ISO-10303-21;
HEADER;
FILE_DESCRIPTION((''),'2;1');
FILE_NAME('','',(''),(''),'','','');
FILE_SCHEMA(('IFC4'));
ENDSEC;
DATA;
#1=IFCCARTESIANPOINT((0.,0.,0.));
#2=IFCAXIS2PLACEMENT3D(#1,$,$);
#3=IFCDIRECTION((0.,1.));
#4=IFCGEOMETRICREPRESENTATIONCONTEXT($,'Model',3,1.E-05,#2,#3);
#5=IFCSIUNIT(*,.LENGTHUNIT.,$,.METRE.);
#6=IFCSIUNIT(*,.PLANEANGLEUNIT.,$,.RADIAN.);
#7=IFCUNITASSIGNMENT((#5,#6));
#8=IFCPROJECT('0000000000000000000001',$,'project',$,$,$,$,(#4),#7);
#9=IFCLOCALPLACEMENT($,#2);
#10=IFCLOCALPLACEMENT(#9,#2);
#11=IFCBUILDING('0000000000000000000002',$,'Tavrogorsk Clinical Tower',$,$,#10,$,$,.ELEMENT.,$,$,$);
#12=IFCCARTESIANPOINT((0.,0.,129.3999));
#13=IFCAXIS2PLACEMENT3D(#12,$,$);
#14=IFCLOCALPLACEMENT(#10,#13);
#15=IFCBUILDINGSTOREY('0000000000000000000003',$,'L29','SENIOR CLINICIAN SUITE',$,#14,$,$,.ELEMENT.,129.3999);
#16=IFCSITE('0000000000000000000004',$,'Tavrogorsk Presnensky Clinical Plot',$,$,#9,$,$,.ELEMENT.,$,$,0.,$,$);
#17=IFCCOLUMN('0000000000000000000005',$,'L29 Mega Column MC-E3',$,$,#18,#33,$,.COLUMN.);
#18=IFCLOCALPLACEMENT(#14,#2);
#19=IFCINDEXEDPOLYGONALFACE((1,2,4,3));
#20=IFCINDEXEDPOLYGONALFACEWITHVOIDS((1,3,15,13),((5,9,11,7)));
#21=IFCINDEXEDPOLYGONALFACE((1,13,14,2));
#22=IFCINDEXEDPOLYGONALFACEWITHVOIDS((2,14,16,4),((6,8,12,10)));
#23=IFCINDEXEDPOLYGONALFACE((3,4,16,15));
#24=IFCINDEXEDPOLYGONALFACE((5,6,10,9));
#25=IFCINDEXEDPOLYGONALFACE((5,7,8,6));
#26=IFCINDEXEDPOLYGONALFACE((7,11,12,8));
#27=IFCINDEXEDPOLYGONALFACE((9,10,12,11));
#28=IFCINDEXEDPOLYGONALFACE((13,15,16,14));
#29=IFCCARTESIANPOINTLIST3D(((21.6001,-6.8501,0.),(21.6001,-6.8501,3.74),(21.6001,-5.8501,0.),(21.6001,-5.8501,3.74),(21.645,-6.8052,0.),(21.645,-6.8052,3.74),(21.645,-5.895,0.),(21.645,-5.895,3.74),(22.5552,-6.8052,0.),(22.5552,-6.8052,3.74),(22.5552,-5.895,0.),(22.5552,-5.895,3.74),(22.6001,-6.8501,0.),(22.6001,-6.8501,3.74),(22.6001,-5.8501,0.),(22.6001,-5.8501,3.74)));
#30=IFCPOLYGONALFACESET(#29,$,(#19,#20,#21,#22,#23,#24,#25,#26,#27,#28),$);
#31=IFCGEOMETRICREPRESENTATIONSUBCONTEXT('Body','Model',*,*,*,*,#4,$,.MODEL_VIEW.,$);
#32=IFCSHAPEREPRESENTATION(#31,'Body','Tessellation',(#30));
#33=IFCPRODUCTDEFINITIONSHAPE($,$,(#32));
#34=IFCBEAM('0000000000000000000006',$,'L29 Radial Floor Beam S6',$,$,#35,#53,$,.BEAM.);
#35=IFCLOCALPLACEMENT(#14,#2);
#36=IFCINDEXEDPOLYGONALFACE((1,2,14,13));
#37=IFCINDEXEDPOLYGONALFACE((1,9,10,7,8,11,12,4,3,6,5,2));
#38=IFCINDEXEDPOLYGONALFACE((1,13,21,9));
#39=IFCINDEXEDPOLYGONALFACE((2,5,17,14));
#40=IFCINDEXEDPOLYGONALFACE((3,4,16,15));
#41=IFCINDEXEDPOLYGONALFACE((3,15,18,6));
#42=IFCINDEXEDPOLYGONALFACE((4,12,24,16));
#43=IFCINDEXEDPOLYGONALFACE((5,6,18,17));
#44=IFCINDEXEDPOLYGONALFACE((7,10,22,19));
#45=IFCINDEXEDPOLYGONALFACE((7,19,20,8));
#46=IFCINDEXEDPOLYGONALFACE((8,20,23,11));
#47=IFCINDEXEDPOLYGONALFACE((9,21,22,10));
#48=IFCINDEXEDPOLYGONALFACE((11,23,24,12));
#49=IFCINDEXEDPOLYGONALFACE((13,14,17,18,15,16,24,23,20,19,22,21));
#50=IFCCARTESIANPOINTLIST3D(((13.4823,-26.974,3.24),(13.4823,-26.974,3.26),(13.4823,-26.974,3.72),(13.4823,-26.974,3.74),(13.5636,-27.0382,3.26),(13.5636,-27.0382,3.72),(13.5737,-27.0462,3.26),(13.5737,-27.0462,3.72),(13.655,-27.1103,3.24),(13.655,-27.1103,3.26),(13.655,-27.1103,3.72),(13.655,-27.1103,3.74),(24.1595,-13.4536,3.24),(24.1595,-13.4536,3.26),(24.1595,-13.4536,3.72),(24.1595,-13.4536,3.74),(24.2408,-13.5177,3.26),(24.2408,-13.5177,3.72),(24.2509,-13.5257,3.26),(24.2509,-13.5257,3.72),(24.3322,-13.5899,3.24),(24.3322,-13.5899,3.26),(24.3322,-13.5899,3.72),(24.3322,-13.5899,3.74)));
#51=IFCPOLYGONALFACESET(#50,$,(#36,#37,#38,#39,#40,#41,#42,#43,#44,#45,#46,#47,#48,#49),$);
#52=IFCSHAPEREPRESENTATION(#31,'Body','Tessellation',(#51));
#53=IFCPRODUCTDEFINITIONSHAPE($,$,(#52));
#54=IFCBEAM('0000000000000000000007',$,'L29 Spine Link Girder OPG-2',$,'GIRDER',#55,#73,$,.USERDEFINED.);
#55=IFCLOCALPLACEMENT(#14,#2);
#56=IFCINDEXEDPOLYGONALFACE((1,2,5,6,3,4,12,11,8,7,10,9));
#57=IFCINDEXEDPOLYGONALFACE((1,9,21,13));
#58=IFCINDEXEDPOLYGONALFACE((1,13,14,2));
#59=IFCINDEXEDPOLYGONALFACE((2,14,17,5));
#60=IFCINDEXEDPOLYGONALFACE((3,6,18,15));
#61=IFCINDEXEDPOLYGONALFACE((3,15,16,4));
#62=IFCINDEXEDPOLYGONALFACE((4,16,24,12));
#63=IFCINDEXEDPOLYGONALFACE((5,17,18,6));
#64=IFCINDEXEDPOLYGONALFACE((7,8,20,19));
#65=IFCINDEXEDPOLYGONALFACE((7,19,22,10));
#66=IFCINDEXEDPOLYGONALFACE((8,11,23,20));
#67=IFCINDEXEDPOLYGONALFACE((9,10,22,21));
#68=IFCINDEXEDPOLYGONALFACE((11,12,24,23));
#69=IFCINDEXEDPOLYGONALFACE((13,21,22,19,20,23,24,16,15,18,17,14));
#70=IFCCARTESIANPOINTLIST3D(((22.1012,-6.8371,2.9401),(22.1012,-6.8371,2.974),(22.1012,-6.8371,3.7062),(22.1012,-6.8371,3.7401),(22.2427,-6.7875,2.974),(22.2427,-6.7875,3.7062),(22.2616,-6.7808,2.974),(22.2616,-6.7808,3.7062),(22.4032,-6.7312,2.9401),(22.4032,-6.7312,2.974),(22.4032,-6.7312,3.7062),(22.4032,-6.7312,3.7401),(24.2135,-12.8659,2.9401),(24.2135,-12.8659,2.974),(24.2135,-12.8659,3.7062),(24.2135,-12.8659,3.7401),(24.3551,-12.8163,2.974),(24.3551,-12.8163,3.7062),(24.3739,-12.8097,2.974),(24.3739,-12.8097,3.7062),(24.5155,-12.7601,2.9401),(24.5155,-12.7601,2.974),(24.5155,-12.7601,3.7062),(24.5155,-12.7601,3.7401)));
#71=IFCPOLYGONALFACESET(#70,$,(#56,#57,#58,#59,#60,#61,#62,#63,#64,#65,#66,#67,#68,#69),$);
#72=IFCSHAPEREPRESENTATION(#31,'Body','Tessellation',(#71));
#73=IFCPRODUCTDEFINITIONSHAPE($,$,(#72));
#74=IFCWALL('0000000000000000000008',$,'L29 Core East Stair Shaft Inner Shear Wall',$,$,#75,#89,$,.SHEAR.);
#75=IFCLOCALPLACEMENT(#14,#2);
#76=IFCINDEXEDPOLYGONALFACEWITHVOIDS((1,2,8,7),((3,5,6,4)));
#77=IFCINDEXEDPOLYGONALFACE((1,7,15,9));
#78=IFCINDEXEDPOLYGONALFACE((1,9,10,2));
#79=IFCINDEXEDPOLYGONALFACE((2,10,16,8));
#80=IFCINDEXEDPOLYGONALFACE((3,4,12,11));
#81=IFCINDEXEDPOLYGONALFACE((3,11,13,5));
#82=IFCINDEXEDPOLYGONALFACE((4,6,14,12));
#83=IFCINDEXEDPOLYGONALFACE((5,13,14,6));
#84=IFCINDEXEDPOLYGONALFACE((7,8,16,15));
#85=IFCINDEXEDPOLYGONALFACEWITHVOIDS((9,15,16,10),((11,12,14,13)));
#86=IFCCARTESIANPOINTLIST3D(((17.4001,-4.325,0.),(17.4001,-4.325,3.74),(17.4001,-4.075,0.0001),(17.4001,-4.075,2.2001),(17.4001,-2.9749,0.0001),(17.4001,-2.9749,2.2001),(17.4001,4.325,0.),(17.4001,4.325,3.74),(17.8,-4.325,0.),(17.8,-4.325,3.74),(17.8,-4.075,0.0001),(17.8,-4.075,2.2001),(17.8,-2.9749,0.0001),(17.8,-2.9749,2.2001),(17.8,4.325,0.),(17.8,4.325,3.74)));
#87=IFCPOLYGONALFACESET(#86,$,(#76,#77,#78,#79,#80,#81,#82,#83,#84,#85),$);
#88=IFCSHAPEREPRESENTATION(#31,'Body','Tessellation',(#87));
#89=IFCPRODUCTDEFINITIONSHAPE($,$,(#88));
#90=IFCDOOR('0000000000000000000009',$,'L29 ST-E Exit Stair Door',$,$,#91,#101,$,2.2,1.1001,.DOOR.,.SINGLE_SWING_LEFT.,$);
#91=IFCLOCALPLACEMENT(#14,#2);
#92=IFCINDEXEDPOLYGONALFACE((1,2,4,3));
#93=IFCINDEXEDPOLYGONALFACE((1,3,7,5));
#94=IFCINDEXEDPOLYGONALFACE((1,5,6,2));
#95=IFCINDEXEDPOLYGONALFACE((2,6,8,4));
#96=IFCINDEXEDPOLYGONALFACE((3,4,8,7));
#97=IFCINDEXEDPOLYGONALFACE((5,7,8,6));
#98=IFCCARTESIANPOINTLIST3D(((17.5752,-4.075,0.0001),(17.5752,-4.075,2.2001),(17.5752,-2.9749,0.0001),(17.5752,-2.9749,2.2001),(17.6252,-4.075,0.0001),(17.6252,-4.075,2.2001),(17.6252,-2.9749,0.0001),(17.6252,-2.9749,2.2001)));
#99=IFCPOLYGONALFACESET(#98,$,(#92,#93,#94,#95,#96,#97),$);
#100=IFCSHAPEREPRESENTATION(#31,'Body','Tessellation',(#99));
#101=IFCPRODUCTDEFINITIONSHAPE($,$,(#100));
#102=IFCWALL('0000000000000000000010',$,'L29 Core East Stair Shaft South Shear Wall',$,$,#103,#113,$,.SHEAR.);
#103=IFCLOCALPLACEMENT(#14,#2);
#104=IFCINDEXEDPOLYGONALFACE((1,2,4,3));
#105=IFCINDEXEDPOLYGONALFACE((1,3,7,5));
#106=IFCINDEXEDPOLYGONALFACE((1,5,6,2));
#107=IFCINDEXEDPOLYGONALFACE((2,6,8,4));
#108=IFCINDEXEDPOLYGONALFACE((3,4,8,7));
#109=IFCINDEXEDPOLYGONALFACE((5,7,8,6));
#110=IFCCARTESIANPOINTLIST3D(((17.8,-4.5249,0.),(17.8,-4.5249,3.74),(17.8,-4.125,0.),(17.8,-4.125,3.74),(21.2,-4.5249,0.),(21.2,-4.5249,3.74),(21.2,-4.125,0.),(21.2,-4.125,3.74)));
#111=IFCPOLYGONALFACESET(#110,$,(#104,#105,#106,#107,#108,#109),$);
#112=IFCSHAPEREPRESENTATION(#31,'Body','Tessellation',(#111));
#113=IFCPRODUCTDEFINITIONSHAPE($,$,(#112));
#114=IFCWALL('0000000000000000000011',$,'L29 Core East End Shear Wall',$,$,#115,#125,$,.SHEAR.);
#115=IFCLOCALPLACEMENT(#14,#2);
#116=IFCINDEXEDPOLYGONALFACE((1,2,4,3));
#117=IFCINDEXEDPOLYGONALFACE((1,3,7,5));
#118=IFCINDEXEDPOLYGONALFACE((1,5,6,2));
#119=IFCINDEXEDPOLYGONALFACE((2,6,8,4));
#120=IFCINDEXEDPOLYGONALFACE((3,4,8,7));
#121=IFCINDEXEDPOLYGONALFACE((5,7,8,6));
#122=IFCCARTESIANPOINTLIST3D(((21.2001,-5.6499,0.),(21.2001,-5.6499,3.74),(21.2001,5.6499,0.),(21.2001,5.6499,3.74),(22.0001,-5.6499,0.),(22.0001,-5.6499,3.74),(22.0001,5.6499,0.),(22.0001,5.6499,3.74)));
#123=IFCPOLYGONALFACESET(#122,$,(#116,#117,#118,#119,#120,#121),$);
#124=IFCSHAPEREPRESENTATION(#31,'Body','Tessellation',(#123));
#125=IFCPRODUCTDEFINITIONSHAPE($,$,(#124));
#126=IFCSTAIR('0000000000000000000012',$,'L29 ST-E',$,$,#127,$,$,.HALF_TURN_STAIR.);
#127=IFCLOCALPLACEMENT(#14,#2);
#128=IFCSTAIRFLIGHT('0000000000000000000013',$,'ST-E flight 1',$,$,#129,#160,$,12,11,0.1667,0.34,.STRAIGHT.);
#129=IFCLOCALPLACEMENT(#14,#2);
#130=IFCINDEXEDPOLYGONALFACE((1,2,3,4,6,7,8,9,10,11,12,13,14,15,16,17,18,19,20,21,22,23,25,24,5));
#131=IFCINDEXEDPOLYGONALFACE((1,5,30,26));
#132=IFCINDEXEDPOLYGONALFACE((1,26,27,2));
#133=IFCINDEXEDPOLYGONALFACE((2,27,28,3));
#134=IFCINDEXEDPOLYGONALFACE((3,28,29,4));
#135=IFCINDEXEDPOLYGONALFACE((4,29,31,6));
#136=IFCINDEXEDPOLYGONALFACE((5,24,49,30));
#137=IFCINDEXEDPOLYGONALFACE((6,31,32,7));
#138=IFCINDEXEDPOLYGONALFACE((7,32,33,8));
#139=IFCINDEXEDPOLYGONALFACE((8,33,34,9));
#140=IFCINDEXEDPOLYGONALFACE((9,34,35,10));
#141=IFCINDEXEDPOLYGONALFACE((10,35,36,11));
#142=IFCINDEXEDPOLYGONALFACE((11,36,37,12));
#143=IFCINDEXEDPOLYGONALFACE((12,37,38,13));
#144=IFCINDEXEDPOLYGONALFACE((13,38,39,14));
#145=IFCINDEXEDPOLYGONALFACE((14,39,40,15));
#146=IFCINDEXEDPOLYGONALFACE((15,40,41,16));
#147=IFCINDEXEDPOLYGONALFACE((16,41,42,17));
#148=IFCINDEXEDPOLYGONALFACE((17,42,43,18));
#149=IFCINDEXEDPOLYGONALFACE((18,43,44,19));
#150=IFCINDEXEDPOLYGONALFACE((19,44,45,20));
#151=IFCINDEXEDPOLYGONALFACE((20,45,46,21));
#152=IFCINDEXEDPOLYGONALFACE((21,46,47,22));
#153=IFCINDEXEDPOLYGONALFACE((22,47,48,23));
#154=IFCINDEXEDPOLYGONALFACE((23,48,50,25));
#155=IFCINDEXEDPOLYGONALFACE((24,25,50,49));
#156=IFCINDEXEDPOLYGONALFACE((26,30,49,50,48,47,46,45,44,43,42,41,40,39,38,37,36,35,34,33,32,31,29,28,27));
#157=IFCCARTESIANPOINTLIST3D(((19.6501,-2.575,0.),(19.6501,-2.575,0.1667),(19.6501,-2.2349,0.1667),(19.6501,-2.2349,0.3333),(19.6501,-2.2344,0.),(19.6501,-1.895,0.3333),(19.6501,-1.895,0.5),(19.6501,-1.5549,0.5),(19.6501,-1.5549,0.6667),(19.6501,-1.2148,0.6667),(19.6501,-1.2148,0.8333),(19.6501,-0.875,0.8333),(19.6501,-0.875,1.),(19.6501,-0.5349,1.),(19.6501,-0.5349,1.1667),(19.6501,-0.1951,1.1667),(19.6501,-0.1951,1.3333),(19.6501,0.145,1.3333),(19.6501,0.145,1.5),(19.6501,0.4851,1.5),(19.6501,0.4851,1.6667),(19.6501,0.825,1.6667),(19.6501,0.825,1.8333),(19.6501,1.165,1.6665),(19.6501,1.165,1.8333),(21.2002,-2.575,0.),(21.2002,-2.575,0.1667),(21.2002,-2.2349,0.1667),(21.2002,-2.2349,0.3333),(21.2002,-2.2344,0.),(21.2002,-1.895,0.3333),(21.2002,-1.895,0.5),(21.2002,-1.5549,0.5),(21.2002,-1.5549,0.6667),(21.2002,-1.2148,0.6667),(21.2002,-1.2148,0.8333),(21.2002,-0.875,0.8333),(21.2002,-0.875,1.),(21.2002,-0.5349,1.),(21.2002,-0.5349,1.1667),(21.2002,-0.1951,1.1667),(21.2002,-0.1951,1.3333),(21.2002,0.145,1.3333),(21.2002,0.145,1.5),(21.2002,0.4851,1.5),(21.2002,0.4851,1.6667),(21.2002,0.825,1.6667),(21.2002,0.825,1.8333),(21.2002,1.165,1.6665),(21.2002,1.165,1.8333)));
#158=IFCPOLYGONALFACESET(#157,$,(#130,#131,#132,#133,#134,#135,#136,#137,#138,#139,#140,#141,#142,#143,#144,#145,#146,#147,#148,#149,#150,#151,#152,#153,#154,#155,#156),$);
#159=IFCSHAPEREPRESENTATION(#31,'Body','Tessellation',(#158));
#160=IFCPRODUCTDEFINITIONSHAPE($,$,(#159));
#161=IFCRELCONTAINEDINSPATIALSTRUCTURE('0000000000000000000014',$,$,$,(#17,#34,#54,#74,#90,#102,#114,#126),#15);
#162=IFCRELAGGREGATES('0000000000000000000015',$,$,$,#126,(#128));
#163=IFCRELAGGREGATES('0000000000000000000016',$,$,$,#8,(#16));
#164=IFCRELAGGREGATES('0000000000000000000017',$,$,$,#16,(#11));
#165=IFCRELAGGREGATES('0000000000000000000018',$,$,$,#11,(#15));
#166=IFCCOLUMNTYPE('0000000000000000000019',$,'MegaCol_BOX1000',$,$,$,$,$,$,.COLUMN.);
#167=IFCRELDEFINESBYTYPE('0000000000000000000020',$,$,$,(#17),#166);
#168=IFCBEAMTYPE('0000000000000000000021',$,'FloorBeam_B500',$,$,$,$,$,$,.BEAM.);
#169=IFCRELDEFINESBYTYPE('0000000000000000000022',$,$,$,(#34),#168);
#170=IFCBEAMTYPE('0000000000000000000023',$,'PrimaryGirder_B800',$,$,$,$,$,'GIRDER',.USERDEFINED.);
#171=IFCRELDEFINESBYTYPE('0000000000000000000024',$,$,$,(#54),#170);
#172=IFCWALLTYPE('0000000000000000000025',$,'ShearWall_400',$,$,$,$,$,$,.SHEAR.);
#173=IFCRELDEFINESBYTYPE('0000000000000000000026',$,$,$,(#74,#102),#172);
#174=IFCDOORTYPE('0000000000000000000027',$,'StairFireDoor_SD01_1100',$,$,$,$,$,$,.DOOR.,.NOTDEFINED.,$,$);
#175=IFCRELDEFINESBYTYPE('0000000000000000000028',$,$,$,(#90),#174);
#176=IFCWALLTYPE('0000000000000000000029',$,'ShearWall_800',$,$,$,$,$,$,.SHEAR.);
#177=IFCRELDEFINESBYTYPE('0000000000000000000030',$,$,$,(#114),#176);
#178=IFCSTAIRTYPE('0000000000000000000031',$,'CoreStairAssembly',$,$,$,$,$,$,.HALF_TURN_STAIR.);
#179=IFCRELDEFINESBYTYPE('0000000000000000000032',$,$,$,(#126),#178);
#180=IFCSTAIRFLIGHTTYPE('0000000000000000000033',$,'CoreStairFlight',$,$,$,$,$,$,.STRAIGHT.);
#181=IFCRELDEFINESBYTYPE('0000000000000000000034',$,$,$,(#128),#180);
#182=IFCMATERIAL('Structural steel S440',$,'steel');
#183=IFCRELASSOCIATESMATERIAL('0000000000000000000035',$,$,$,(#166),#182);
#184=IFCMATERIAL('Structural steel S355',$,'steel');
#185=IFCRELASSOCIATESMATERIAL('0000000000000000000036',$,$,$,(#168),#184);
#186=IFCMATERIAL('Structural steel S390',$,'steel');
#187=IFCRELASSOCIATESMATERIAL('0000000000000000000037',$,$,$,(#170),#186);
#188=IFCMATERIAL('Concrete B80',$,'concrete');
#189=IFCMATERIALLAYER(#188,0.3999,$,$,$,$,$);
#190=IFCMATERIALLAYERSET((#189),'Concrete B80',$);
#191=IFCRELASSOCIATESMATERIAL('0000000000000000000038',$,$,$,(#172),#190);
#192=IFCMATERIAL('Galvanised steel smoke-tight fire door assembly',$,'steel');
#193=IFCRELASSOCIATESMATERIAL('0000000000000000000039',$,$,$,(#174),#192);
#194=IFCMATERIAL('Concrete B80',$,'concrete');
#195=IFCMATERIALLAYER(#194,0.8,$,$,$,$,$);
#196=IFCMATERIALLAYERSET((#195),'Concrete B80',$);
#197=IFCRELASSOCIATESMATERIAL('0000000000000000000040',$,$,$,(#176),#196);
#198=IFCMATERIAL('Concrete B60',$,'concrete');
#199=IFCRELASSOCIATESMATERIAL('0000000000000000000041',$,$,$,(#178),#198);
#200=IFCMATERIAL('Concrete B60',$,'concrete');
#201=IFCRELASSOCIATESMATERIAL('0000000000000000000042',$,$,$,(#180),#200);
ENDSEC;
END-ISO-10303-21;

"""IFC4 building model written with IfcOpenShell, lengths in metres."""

from ifc_helpers import new_model, si_unit, direction, frame, frame_2d, origin, origin_2d, place, context, subcontext, project, spatial, polyline, rectangle, hollow_rectangle, i_section, outline, extrude, material, layer, layer_set, material_profile, profile_set, type_object, element, fill, aggregate, save


model = new_model("IFC4")

# Units and contexts
model_context = context("Model", 3, precision=1e-05, world=origin(), true_north=direction((0.0, 1.0)))
body_context = subcontext(model_context, "Body", "Model", "MODEL_VIEW")
ifc_project = project(units=[si_unit("LENGTHUNIT", "METRE"), si_unit("PLANEANGLEUNIT", "RADIAN")], contexts=[model_context])

# Site, building, storey
site_placement = place(None, origin())
site = spatial("IfcSite", under=ifc_project, at=site_placement, Name="Tavrogorsk Presnensky Clinical Plot", CompositionType="ELEMENT", RefElevation=0.0)
building_placement = place(site_placement, origin())
building = spatial("IfcBuilding", under=site, at=building_placement, Name="Tavrogorsk Clinical Tower", CompositionType="ELEMENT")
storey_placement = place(building_placement, frame((0.0, 0.0, 129.3999)))
storey = spatial("IfcBuildingStorey", under=building, at=storey_placement, Name="L29", Description="SENIOR CLINICIAN SUITE", CompositionType="ELEMENT", Elevation=129.3999)

# Column
ifc_material_1 = material(Name="Structural steel S440", Category="steel")
ifc_material_profile_1 = material_profile(ifc_material_1, hollow_rectangle(XDim=1.0, YDim=1.0, WallThickness=0.0449, at=origin_2d()), Name="BOX-1000x1000x45")
ifc_profile_set_1 = profile_set([ifc_material_profile_1], Name="Structural steel S440")
column_type = type_object("IfcColumnType", Name="MegaCol_BOX1000", PredefinedType="COLUMN", material=ifc_profile_set_1)
column_placement = place(storey_placement, frame((22.1001, -6.3501, 0.0), z_axis=(0.0, 0.0, 1.0), x_axis=(1.0, 0.0, 0.0)))
element("IfcColumn", 1, at=column_placement, inside=storey, type_object=column_type, Name="L29 Mega Column MC-E3", PredefinedType="COLUMN", context=body_context, shape_type="SweptSolid", body=[
    extrude(hollow_rectangle(XDim=1.0, YDim=1.0, WallThickness=0.0449, at=origin_2d()), origin(), (0.0, 0.0, 1.0), 3.74),
])

# Beams
ifc_material_2 = material(Name="Structural steel S355", Category="steel")
ifc_material_profile_2 = material_profile(ifc_material_2, i_section(OverallWidth=0.22, OverallDepth=0.5, WebThickness=0.0129, FlangeThickness=0.02, at=origin_2d()), Name="B-500x220x13x20")
ifc_profile_set_2 = profile_set([ifc_material_profile_2], Name="Structural steel S355")
beam_type_1 = type_object("IfcBeamType", Name="FloorBeam_B500", PredefinedType="BEAM", material=ifc_profile_set_2)
beam_1_placement = place(storey_placement, frame((24.2458, -13.5217, 3.49), z_axis=(-0.619757, -0.784794, 0.0), x_axis=(0.784794, -0.619757, 0.0)))
element("IfcBeam", 2, at=beam_1_placement, inside=storey, type_object=beam_type_1, Name="L29 Radial Floor Beam S6", PredefinedType="BEAM", context=body_context, shape_type="SweptSolid", body=[
    extrude(i_section(OverallWidth=0.22, OverallDepth=0.5, WebThickness=0.0129, FlangeThickness=0.02, at=origin_2d()), origin(), (0.0, 0.0, 1.0), 17.228),
])
ifc_material_3 = material(Name="Structural steel S390", Category="steel")
ifc_material_profile_3 = material_profile(ifc_material_3, i_section(OverallWidth=0.3201, OverallDepth=0.8, WebThickness=0.02, FlangeThickness=0.0339, at=origin_2d()), Name="B-800x320x20x34")
ifc_profile_set_3 = profile_set([ifc_material_profile_3], Name="Structural steel S390")
beam_type_2 = type_object("IfcBeamType", Name="PrimaryGirder_B800", ElementType="GIRDER", PredefinedType="USERDEFINED", material=ifc_profile_set_3)
beam_2_placement = place(storey_placement, frame((24.3645, -12.813, 3.3401), z_axis=(-0.33066, 0.94375, 0.0), x_axis=(-0.94375, -0.33066, 0.0)))
element("IfcBeam", 3, at=beam_2_placement, inside=storey, type_object=beam_type_2, Name="L29 Spine Link Girder OPG-2", ObjectType="GIRDER", PredefinedType="USERDEFINED", context=body_context, shape_type="SweptSolid", body=[
    extrude(i_section(OverallWidth=0.3201, OverallDepth=0.8, WebThickness=0.02, FlangeThickness=0.0339, at=origin_2d()), origin(), (0.0, 0.0, 1.0), 6.3882),
])

# Wall, opening, door
ifc_material_4 = material(Name="Concrete B80", Category="concrete")
ifc_layer_1 = layer(ifc_material_4, 0.3999)
ifc_layer_set_1 = layer_set([ifc_layer_1], Name="Concrete B80")
wall_type_1 = type_object("IfcWallType", Name="ShearWall_400", PredefinedType="SHEAR", material=ifc_layer_set_1)
wall_1_placement = place(storey_placement, frame((17.6001, -4.325, 0.0), z_axis=(0.0, 0.0, 1.0), x_axis=(0.0, 1.0, 0.0)))
wall_1 = element("IfcWall", 4, at=wall_1_placement, inside=storey, type_object=wall_type_1, Name="L29 Core East Stair Shaft Inner Shear Wall", PredefinedType="SHEAR", context=body_context, shape_type="SweptSolid", body=[
    extrude(rectangle(XDim=8.6499, YDim=0.3999, at=frame_2d((4.325, 0.0))), origin(), (0.0, 0.0, 1.0), 3.74),
])
opening_placement = place(wall_1_placement, frame((0.25, 0.0, 0.0)))
opening = element("IfcOpeningElement", 5, at=opening_placement, cuts=wall_1, PredefinedType="OPENING", context=body_context, shape_type="SweptSolid", body=[
    extrude(rectangle(XDim=1.1001, YDim=2.2, at=frame_2d((0.55, 1.1001))), frame((0.0, 0.21, 0.0), z_axis=(0.0, -1.0, 0.0), x_axis=(1.0, 0.0, 0.0)), (0.0, 0.0, 1.0), 0.4199),
])
ifc_material_5 = material(Name="Galvanised steel smoke-tight fire door assembly", Category="steel")
door_type = type_object("IfcDoorType", Name="StairFireDoor_SD01_1100", OperationType="NOTDEFINED", PredefinedType="DOOR", material=ifc_material_5)
door_placement = place(opening_placement, origin())
door = element("IfcDoor", 6, at=door_placement, inside=storey, type_object=door_type, Name="L29 ST-E Exit Stair Door", OperationType="SINGLE_SWING_LEFT", OverallHeight=2.2, OverallWidth=1.1001, PredefinedType="DOOR", context=body_context, shape_type="SweptSolid", body=[
    extrude(rectangle(XDim=1.1001, YDim=2.2, at=frame_2d((0.55, 1.1001))), frame((0.0, 0.0249, 0.0), z_axis=(0.0, -1.0, 0.0), x_axis=(1.0, 0.0, 0.0)), (0.0, 0.0, 1.0), 0.05),
])
fill(opening, door)

# Walls
wall_2_placement = place(storey_placement, frame((17.8, -4.325, 0.0), z_axis=(0.0, 0.0, 1.0), x_axis=(1.0, 0.0, 0.0)))
element("IfcWall", 7, at=wall_2_placement, inside=storey, type_object=wall_type_1, Name="L29 Core East Stair Shaft South Shear Wall", PredefinedType="SHEAR", context=body_context, shape_type="SweptSolid", body=[
    extrude(rectangle(XDim=3.3999, YDim=0.3999, at=frame_2d((1.7, 0.0))), origin(), (0.0, 0.0, 1.0), 3.74),
])
ifc_material_6 = material(Name="Concrete B80", Category="concrete")
ifc_layer_2 = layer(ifc_material_6, 0.8)
ifc_layer_set_2 = layer_set([ifc_layer_2], Name="Concrete B80")
wall_type_2 = type_object("IfcWallType", Name="ShearWall_800", PredefinedType="SHEAR", material=ifc_layer_set_2)
wall_3_placement = place(storey_placement, frame((21.6001, -5.6499, 0.0), z_axis=(0.0, 0.0, 1.0), x_axis=(0.0, 1.0, 0.0)))
element("IfcWall", 8, at=wall_3_placement, inside=storey, type_object=wall_type_2, Name="L29 Core East End Shear Wall", PredefinedType="SHEAR", context=body_context, shape_type="SweptSolid", body=[
    extrude(rectangle(XDim=11.2998, YDim=0.8, at=frame_2d((5.6499, 0.0))), origin(), (0.0, 0.0, 1.0), 3.74),
])

# Stair, stair flight
ifc_material_7 = material(Name="Concrete B60", Category="concrete")
stair_type = type_object("IfcStairType", Name="CoreStairAssembly", PredefinedType="HALF_TURN_STAIR", material=ifc_material_7)
stair_placement = place(storey_placement, origin())
stair = element("IfcStair", 9, at=stair_placement, inside=storey, type_object=stair_type, Name="L29 ST-E", PredefinedType="HALF_TURN_STAIR")
ifc_material_8 = material(Name="Concrete B60", Category="concrete")
stair_flight_type = type_object("IfcStairFlightType", Name="CoreStairFlight", PredefinedType="STRAIGHT", material=ifc_material_8)
stair_flight_placement = place(storey_placement, frame((20.425, -2.575, 0.0), z_axis=(0.0, 0.0, 1.0), x_axis=(0.0, 1.0, 0.0)))
stair_flight = element("IfcStairFlight", 10, at=stair_flight_placement, type_object=stair_flight_type, Name="ST-E flight 1", NumberOfRisers=12, NumberOfTreads=11, PredefinedType="STRAIGHT", RiserHeight=0.1667, TreadLength=0.34, context=body_context, shape_type="SweptSolid", body=[
    extrude(outline(polyline([(0.0, 0.0), (0.0, 0.1667), (0.3401, 0.1667), (0.3401, 0.3333), (0.6799, 0.3333), (0.6799, 0.5), (1.02, 0.5), (1.02, 0.6667), (1.3601, 0.6667), (1.3601, 0.8333), (1.7, 0.8333), (1.7, 1.0), (2.04, 1.0), (2.04, 1.1667), (2.3799, 1.1667), (2.3799, 1.3333), (2.72, 1.3333), (2.72, 1.5), (3.0601, 1.5), (3.0601, 1.6667), (3.3999, 1.6667), (3.3999, 1.8333), (3.74, 1.8333), (3.74, 2.0), (3.74, 1.6665), (0.3406, 0.0), (0.0, 0.0)])), frame((0.0, 0.7749, 0.0), z_axis=(0.0, -1.0, 0.0), x_axis=(1.0, 0.0, 0.0)), (0.0, 0.0, 1.0), 1.55),
])
aggregate(stair, [stair_flight])

save(model, "model.ifc")
